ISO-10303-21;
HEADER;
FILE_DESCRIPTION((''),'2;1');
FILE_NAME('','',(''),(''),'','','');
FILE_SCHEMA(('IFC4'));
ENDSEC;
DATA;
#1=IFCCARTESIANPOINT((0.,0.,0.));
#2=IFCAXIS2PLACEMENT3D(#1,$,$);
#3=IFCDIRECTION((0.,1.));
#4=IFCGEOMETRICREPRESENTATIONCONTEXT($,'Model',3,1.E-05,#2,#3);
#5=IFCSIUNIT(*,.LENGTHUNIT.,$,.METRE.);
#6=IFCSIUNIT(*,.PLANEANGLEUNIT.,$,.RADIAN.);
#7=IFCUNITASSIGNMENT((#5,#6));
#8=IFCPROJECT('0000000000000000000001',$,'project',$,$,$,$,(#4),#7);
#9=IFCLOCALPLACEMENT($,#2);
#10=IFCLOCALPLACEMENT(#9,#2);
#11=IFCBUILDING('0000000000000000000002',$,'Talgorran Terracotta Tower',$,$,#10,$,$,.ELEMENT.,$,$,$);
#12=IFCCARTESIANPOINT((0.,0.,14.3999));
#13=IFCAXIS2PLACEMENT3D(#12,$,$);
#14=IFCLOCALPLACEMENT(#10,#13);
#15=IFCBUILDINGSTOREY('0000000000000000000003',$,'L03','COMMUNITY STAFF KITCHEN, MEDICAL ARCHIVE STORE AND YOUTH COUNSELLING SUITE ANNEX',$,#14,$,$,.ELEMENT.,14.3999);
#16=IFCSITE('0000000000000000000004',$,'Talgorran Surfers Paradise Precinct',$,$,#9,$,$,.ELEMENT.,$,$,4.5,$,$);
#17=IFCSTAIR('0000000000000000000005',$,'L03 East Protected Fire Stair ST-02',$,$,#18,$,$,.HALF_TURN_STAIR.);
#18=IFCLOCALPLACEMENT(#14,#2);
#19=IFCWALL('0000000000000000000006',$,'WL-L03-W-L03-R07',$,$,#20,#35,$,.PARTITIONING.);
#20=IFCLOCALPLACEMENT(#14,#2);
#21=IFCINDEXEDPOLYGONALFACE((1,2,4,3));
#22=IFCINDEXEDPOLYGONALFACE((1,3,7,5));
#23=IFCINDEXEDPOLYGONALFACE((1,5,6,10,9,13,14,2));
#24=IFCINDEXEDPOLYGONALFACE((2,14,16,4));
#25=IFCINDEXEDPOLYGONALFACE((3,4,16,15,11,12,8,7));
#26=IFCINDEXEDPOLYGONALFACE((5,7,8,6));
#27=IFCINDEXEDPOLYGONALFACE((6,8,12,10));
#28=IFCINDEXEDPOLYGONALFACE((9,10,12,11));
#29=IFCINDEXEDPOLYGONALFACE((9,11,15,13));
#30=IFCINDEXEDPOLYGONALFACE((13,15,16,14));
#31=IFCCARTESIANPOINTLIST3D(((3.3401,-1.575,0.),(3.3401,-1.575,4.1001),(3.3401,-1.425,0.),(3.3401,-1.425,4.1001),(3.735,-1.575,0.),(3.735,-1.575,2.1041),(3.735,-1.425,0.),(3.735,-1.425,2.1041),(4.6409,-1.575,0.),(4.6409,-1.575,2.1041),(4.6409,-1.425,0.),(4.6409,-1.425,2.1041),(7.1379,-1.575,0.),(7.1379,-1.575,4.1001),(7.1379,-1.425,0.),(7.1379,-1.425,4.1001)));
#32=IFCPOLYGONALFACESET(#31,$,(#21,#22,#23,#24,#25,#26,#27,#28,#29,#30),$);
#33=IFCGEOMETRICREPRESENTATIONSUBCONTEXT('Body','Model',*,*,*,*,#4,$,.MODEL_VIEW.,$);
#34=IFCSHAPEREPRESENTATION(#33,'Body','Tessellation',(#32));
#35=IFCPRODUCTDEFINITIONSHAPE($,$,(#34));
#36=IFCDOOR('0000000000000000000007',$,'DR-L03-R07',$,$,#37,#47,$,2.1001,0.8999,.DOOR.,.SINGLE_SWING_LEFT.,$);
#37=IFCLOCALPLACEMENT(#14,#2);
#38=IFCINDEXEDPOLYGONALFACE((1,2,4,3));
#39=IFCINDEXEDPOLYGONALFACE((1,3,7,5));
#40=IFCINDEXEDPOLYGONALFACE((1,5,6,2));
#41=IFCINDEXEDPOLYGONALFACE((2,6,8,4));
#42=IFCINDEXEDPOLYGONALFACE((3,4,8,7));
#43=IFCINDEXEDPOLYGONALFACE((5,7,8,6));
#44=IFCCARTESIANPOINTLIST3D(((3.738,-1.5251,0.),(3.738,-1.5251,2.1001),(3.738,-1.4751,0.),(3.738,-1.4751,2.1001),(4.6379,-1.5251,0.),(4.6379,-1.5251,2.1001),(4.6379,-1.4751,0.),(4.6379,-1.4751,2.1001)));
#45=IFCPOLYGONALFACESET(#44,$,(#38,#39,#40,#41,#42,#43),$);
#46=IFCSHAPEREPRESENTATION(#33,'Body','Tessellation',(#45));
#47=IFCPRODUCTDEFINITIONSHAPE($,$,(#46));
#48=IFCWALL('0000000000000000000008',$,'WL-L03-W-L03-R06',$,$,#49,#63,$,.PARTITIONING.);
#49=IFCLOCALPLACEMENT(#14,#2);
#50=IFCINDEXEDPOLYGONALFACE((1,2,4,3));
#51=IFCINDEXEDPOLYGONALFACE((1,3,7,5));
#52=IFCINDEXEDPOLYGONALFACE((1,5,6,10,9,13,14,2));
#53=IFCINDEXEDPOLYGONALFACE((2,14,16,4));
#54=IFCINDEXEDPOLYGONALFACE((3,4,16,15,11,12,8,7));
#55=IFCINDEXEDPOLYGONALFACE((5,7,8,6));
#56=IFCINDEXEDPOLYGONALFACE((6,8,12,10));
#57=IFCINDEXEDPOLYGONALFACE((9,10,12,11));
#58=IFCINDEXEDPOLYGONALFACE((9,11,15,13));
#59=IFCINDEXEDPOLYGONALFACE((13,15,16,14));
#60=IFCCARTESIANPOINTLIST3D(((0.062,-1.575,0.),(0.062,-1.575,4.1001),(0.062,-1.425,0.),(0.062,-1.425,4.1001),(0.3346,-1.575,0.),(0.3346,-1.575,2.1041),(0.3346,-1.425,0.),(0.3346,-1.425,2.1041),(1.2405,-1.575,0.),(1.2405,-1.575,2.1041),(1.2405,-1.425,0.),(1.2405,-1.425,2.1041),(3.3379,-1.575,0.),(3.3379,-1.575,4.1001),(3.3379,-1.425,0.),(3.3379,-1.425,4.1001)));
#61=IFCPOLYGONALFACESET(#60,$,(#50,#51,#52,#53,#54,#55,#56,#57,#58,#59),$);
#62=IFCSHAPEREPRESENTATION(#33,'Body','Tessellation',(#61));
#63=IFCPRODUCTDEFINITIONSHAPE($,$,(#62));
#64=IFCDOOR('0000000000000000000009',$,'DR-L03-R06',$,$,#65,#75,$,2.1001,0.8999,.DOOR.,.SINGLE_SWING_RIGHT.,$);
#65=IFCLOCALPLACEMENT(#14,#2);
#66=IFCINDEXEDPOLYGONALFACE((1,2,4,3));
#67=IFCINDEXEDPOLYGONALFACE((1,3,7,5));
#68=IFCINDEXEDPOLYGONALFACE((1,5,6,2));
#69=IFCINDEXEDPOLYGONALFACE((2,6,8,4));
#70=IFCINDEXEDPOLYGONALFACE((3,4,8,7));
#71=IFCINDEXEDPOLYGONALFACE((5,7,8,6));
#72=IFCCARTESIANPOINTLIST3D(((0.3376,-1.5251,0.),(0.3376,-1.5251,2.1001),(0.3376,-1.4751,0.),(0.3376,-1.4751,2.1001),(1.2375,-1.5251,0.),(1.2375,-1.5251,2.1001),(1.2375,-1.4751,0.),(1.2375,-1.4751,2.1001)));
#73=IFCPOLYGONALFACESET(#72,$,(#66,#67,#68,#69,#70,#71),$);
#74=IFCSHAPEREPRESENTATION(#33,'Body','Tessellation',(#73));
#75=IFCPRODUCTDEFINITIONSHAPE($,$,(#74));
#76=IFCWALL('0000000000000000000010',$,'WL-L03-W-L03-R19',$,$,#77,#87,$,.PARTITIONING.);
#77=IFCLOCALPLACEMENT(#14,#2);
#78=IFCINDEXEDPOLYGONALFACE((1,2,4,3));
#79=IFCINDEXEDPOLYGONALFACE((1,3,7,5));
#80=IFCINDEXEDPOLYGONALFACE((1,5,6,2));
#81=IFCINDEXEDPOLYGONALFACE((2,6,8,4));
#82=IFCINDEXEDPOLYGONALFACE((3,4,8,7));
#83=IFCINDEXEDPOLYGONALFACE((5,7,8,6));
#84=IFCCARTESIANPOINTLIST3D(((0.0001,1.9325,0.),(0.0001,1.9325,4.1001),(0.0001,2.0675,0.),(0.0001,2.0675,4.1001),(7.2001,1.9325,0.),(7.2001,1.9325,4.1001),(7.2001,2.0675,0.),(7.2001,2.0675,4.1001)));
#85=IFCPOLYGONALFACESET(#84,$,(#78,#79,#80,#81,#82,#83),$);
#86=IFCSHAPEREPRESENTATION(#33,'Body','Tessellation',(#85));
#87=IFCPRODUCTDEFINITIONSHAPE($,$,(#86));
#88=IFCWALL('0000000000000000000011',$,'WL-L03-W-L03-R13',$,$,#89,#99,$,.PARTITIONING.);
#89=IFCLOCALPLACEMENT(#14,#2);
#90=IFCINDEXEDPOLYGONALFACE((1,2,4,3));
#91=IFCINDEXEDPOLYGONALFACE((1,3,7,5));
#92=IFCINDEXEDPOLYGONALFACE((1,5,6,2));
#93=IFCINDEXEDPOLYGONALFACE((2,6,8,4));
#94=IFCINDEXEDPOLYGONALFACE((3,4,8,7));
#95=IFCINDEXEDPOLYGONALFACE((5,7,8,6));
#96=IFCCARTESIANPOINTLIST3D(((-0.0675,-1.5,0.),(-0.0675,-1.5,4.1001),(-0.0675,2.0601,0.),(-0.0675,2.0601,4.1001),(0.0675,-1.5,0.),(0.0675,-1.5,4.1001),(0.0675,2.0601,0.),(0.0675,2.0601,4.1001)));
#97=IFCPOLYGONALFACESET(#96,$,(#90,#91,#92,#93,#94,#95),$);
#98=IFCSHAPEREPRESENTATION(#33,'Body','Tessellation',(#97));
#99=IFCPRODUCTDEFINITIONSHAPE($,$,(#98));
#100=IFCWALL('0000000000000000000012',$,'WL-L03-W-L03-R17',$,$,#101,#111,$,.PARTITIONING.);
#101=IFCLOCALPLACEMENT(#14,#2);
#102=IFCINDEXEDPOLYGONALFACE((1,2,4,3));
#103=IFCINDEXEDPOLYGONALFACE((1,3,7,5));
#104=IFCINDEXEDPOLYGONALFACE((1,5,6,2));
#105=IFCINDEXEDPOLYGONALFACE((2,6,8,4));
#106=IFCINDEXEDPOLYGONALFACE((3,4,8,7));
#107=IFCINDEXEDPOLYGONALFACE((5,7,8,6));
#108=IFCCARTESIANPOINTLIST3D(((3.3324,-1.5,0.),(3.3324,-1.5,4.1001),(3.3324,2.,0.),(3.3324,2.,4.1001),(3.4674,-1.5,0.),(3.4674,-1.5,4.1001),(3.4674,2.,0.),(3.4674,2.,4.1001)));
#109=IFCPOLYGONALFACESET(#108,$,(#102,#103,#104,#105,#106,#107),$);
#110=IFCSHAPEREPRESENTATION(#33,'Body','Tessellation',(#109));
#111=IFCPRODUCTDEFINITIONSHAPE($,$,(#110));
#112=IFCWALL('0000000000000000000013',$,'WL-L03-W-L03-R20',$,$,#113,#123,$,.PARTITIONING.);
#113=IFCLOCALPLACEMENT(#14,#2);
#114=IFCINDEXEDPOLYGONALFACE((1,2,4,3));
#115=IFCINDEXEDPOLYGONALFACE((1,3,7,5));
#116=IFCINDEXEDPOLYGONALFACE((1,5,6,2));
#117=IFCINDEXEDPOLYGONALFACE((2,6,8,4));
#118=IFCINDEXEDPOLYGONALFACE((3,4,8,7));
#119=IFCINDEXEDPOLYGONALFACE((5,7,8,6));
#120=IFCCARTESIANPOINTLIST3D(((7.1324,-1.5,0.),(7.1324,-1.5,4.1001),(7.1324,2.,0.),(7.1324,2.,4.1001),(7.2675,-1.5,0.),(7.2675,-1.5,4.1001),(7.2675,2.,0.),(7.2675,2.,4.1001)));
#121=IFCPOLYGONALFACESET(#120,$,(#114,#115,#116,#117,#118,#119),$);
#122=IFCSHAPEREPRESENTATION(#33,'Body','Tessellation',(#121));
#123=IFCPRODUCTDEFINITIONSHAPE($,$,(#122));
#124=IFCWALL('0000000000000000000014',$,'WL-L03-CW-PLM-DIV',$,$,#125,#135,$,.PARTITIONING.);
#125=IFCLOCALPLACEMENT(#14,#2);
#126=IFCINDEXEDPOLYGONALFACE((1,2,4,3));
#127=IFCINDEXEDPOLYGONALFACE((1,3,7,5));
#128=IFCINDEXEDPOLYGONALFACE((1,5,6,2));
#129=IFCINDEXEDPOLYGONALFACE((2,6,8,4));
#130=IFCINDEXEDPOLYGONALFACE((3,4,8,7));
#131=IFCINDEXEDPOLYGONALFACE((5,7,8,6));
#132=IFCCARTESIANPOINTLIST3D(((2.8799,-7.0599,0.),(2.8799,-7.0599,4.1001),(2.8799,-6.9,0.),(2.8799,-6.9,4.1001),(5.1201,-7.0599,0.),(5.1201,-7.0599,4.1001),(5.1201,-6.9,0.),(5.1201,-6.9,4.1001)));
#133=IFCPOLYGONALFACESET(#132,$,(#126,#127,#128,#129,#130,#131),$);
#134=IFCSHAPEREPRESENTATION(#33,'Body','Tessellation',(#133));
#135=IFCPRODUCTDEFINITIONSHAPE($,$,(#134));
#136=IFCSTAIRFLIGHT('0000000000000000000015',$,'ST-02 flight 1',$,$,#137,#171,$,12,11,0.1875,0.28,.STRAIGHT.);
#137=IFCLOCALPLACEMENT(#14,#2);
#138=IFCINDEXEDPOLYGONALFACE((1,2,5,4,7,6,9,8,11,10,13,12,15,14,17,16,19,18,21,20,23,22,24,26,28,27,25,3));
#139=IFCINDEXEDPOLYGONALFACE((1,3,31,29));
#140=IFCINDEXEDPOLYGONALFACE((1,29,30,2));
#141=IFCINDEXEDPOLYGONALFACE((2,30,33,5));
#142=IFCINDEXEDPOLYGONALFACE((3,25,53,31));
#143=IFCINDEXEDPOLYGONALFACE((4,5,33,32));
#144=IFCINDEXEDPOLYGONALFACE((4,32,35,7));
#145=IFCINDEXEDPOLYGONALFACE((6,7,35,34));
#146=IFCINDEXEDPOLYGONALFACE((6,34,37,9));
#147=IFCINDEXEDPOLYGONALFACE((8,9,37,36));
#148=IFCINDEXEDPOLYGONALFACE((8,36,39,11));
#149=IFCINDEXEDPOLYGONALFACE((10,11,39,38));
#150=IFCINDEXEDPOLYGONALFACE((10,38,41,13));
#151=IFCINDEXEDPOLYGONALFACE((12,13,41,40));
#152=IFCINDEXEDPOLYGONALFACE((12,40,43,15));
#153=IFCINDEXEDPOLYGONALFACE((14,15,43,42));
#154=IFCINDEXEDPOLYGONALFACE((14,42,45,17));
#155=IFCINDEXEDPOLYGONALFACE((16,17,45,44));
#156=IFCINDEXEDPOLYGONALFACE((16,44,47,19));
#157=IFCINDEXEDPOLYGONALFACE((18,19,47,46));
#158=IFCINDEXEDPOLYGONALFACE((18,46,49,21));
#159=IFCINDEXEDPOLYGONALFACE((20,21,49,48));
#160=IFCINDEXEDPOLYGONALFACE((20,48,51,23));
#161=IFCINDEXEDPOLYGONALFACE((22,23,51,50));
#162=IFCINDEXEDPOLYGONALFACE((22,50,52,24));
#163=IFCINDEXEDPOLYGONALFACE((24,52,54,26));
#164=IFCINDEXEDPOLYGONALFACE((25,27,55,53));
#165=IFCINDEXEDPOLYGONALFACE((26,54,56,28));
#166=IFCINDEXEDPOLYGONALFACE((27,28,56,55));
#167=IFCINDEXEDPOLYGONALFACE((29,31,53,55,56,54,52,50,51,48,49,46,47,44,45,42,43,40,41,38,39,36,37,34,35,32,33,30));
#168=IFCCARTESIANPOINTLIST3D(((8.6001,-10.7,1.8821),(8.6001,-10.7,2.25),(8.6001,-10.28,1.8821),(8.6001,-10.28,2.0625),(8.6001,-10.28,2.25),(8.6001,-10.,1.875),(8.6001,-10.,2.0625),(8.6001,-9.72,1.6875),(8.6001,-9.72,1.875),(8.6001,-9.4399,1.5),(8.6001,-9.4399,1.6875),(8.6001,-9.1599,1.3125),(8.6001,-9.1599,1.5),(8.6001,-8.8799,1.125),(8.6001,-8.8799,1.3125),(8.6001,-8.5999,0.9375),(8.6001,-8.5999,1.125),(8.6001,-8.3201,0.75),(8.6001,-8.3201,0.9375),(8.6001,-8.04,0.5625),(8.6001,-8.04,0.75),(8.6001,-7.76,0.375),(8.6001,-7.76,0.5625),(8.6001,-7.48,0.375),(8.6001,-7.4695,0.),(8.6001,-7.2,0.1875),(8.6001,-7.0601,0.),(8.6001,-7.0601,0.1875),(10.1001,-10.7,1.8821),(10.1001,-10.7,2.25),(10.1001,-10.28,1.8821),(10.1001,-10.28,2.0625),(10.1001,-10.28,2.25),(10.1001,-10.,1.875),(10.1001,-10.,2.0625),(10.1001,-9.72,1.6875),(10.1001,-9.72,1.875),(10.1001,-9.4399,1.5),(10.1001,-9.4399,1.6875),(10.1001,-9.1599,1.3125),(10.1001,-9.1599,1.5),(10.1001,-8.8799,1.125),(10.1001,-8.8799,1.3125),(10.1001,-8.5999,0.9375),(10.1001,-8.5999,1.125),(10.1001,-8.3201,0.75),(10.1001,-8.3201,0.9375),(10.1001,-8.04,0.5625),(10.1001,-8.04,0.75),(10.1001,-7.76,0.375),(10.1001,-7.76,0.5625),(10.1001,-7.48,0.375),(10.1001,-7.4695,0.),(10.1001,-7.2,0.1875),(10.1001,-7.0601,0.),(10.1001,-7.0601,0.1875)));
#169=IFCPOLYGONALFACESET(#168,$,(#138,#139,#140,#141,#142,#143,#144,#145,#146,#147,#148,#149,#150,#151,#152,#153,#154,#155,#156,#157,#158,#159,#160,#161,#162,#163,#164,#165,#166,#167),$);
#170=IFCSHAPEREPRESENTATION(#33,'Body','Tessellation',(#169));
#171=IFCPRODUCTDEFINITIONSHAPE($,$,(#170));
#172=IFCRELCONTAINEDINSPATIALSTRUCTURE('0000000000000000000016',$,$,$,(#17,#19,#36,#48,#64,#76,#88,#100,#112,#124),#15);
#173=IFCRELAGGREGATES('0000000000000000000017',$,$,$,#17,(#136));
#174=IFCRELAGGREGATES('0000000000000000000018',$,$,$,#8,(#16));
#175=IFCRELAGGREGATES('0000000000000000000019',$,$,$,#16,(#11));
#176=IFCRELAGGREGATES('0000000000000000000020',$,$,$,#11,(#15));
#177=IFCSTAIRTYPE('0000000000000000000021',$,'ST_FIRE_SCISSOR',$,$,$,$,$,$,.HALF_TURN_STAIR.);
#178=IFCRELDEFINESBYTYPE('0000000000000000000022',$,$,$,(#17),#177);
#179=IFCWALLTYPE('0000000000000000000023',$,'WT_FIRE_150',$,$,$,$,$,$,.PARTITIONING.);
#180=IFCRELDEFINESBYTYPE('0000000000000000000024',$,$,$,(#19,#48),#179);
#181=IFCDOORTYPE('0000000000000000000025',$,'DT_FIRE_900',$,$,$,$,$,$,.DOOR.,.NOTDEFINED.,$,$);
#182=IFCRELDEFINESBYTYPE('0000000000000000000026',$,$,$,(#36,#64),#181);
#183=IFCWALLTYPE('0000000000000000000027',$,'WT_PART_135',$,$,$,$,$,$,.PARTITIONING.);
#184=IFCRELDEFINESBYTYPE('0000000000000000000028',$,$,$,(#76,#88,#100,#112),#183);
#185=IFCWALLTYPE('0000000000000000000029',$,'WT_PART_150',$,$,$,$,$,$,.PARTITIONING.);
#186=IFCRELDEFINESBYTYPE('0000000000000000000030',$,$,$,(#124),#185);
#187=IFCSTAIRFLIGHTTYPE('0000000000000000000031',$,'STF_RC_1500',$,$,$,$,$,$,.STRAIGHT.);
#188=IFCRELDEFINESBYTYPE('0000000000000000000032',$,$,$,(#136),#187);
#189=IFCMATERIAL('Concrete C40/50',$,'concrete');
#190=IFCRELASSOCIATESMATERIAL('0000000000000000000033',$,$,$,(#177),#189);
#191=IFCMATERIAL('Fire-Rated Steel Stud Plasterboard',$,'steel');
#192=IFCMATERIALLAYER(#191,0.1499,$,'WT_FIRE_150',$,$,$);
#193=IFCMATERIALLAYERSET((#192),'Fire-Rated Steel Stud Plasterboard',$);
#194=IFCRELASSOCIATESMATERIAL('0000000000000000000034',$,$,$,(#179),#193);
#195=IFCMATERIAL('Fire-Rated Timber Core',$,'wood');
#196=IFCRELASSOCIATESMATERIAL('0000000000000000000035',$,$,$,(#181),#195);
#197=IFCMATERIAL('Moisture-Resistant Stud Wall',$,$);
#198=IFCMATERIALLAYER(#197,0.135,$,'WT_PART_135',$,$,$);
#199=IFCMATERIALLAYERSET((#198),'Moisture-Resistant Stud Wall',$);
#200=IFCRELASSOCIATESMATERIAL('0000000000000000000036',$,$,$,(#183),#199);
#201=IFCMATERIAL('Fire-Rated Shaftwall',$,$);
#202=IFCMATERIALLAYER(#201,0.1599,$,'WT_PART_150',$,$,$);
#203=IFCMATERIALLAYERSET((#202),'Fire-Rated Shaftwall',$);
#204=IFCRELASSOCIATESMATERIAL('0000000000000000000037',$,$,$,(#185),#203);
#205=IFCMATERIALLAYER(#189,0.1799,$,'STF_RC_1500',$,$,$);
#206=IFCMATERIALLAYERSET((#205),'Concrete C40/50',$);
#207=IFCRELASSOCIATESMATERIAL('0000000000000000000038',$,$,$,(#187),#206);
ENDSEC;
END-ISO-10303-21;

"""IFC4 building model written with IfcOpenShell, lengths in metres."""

from ifc_helpers import new_model, si_unit, direction, frame, frame_2d, origin, place, context, subcontext, project, spatial, polyline, rectangle, outline, extrude, material, layer, layer_set, type_object, element, fill, aggregate, save


model = new_model("IFC4")

# Units and contexts
model_context = context("Model", 3, precision=1e-05, world=origin(), true_north=direction((0.0, 1.0)))
body_context = subcontext(model_context, "Body", "Model", "MODEL_VIEW")
ifc_project = project(units=[si_unit("LENGTHUNIT", "METRE"), si_unit("PLANEANGLEUNIT", "RADIAN")], contexts=[model_context])

# Site, building, storey
site_placement = place(None, origin())
site = spatial("IfcSite", under=ifc_project, at=site_placement, Name="Talgorran Surfers Paradise Precinct", CompositionType="ELEMENT", RefElevation=4.5)
building_placement = place(site_placement, origin())
building = spatial("IfcBuilding", under=site, at=building_placement, Name="Talgorran Terracotta Tower", CompositionType="ELEMENT")
storey_placement = place(building_placement, frame((0.0, 0.0, 14.3999)))
storey = spatial("IfcBuildingStorey", under=building, at=storey_placement, Name="L03", Description="COMMUNITY STAFF KITCHEN, MEDICAL ARCHIVE STORE AND YOUTH COUNSELLING SUITE ANNEX", CompositionType="ELEMENT", Elevation=14.3999)

# Stair
ifc_material_1 = material(Name="Concrete C40/50", Category="concrete")
stair_type_1 = type_object("IfcStairType", Name="ST_FIRE_SCISSOR", PredefinedType="HALF_TURN_STAIR", material=ifc_material_1)
stair_1_placement = place(storey_placement, origin())
stair_1 = element("IfcStair", 1, at=stair_1_placement, inside=storey, type_object=stair_type_1, Name="L03 East Protected Fire Stair ST-02", PredefinedType="HALF_TURN_STAIR")

# Walls, openings, doors
ifc_material_2 = material(Name="Fire-Rated Steel Stud Plasterboard", Category="steel")
ifc_layer_1 = layer(ifc_material_2, 0.1499, Name="WT_FIRE_150")
ifc_layer_set_1 = layer_set([ifc_layer_1], Name="Fire-Rated Steel Stud Plasterboard")
wall_type_1 = type_object("IfcWallType", Name="WT_FIRE_150", PredefinedType="PARTITIONING", material=ifc_layer_set_1)
ifc_material_3 = material(Name="Fire-Rated Timber Core", Category="wood")
door_type = type_object("IfcDoorType", Name="DT_FIRE_900", OperationType="NOTDEFINED", PredefinedType="DOOR", material=ifc_material_3)
wall_1_placement = place(storey_placement, frame((3.3401, -1.5, 0.0), z_axis=(0.0, 0.0, 1.0), x_axis=(1.0, 0.0, 0.0)))
wall_1 = element("IfcWall", 2, at=wall_1_placement, inside=storey, type_object=wall_type_1, Name="WL-L03-W-L03-R07", PredefinedType="PARTITIONING", context=body_context, shape_type="SweptSolid", body=[
    extrude(rectangle(XDim=3.7979, YDim=0.1499, at=frame_2d((1.8989, 0.0))), origin(), (0.0, 0.0, 1.0), 4.1001),
])
opening_1_placement = place(wall_1_placement, frame((0.3979, 0.0, 0.0)))
opening_1 = element("IfcOpeningElement", 3, at=opening_1_placement, cuts=wall_1, PredefinedType="OPENING", context=body_context, shape_type="SweptSolid", body=[
    extrude(rectangle(XDim=0.9059, YDim=2.1041, at=frame_2d((0.45, 1.052))), frame((0.0, 0.085, 0.0), z_axis=(0.0, -1.0, 0.0), x_axis=(1.0, 0.0, 0.0)), (0.0, 0.0, 1.0), 0.1699),
])
door_1_placement = place(opening_1_placement, origin())
door_1 = element("IfcDoor", 4, at=door_1_placement, inside=storey, type_object=door_type, Name="DR-L03-R07", OperationType="SINGLE_SWING_LEFT", OverallHeight=2.1001, OverallWidth=0.8999, PredefinedType="DOOR", context=body_context, shape_type="SweptSolid", body=[
    extrude(rectangle(XDim=0.8999, YDim=2.1001, at=frame_2d((0.45, 1.05))), frame((0.0, 0.0249, 0.0), z_axis=(0.0, -1.0, 0.0), x_axis=(1.0, 0.0, 0.0)), (0.0, 0.0, 1.0), 0.05),
])
fill(opening_1, door_1)
wall_2_placement = place(storey_placement, frame((0.062, -1.5, 0.0), z_axis=(0.0, 0.0, 1.0), x_axis=(1.0, 0.0, 0.0)))
wall_2 = element("IfcWall", 5, at=wall_2_placement, inside=storey, type_object=wall_type_1, Name="WL-L03-W-L03-R06", PredefinedType="PARTITIONING", context=body_context, shape_type="SweptSolid", body=[
    extrude(rectangle(XDim=3.2759, YDim=0.1499, at=frame_2d((1.6379, 0.0))), origin(), (0.0, 0.0, 1.0), 4.1001),
])
opening_2_placement = place(wall_2_placement, frame((0.2756, 0.0, 0.0)))
opening_2 = element("IfcOpeningElement", 6, at=opening_2_placement, cuts=wall_2, PredefinedType="OPENING", context=body_context, shape_type="SweptSolid", body=[
    extrude(rectangle(XDim=0.9059, YDim=2.1041, at=frame_2d((0.45, 1.052))), frame((0.0, 0.085, 0.0), z_axis=(0.0, -1.0, 0.0), x_axis=(1.0, 0.0, 0.0)), (0.0, 0.0, 1.0), 0.1699),
])
door_2_placement = place(opening_2_placement, origin())
door_2 = element("IfcDoor", 7, at=door_2_placement, inside=storey, type_object=door_type, Name="DR-L03-R06", OperationType="SINGLE_SWING_RIGHT", OverallHeight=2.1001, OverallWidth=0.8999, PredefinedType="DOOR", context=body_context, shape_type="SweptSolid", body=[
    extrude(rectangle(XDim=0.8999, YDim=2.1001, at=frame_2d((0.45, 1.05))), frame((0.0, 0.0249, 0.0), z_axis=(0.0, -1.0, 0.0), x_axis=(1.0, 0.0, 0.0)), (0.0, 0.0, 1.0), 0.05),
])
fill(opening_2, door_2)

# Walls
ifc_material_4 = material(Name="Moisture-Resistant Stud Wall")
ifc_layer_2 = layer(ifc_material_4, 0.135, Name="WT_PART_135")
ifc_layer_set_2 = layer_set([ifc_layer_2], Name="Moisture-Resistant Stud Wall")
wall_type_2 = type_object("IfcWallType", Name="WT_PART_135", PredefinedType="PARTITIONING", material=ifc_layer_set_2)
wall_3_placement = place(storey_placement, frame((0.0, 2.0, 0.0), z_axis=(0.0, 0.0, 1.0), x_axis=(1.0, 0.0, 0.0)))
element("IfcWall", 8, at=wall_3_placement, inside=storey, type_object=wall_type_2, Name="WL-L03-W-L03-R19", PredefinedType="PARTITIONING", context=body_context, shape_type="SweptSolid", body=[
    extrude(rectangle(XDim=7.2, YDim=0.135, at=frame_2d((3.6001, 0.0))), origin(), (0.0, 0.0, 1.0), 4.1001),
])
wall_4_placement = place(storey_placement, frame((0.0, -1.5, 0.0), z_axis=(0.0, 0.0, 1.0), x_axis=(0.0, 1.0, 0.0)))
element("IfcWall", 9, at=wall_4_placement, inside=storey, type_object=wall_type_2, Name="WL-L03-W-L03-R13", PredefinedType="PARTITIONING", context=body_context, shape_type="SweptSolid", body=[
    extrude(rectangle(XDim=3.5601, YDim=0.135, at=frame_2d((1.78, 0.0))), origin(), (0.0, 0.0, 1.0), 4.1001),
])
for number, where, z_axis, x_axis, name in (
    (10, (3.3999, -1.5, 0.0), (0.0, 0.0, 1.0), (0.0, 1.0, 0.0), "WL-L03-W-L03-R17"),
    (11, (7.2, -1.5, 0.0), (0.0, 0.0, 1.0), (0.0, 1.0, 0.0), "WL-L03-W-L03-R20"),
):
    element("IfcWall", number, at=place(storey_placement, frame(where, z_axis=z_axis, x_axis=x_axis)), inside=storey, type_object=wall_type_2, Name=name, PredefinedType="PARTITIONING", context=body_context, shape_type="SweptSolid", body=[
        extrude(rectangle(XDim=3.5, YDim=0.135, at=frame_2d((1.75, 0.0))), origin(), (0.0, 0.0, 1.0), 4.1001),
    ])
ifc_material_5 = material(Name="Fire-Rated Shaftwall")
ifc_layer_3 = layer(ifc_material_5, 0.1599, Name="WT_PART_150")
ifc_layer_set_3 = layer_set([ifc_layer_3], Name="Fire-Rated Shaftwall")
wall_type_3 = type_object("IfcWallType", Name="WT_PART_150", PredefinedType="PARTITIONING", material=ifc_layer_set_3)
wall_5_placement = place(storey_placement, frame((2.8799, -6.98, 0.0), z_axis=(0.0, 0.0, 1.0), x_axis=(1.0, 0.0, 0.0)))
element("IfcWall", 12, at=wall_5_placement, inside=storey, type_object=wall_type_3, Name="WL-L03-CW-PLM-DIV", PredefinedType="PARTITIONING", context=body_context, shape_type="SweptSolid", body=[
    extrude(rectangle(XDim=2.2402, YDim=0.1599, at=frame_2d((1.1201, 0.0))), origin(), (0.0, 0.0, 1.0), 4.1001),
])

# Stair flight
ifc_layer_4 = layer(ifc_material_1, 0.1799, Name="STF_RC_1500")
ifc_layer_set_4 = layer_set([ifc_layer_4], Name="Concrete C40/50")
stair_flight_type = type_object("IfcStairFlightType", Name="STF_RC_1500", PredefinedType="STRAIGHT", material=ifc_layer_set_4)
stair_flight_placement = place(storey_placement, frame((9.3501, -7.2, 0.0), z_axis=(0.0, 0.0, 1.0), x_axis=(0.0, -1.0, 0.0)))
stair_flight = element("IfcStairFlight", 13, at=stair_flight_placement, type_object=stair_flight_type, Name="ST-02 flight 1", NumberOfRisers=12, NumberOfTreads=11, PredefinedType="STRAIGHT", RiserHeight=0.1875, TreadLength=0.28, context=body_context, shape_type="SweptSolid", body=[
    extrude(outline(polyline([(-0.1399, 0.0), (-0.1399, 0.1875), (0.0, 0.1875), (0.28, 0.375), (0.5601, 0.375), (0.5601, 0.5625), (0.8401, 0.5625), (0.8401, 0.75), (1.1201, 0.75), (1.1201, 0.9375), (1.3999, 0.9375), (1.3999, 1.125), (1.6799, 1.125), (1.6799, 1.3125), (1.96, 1.3125), (1.96, 1.5), (2.24, 1.5), (2.24, 1.6875), (2.52, 1.6875), (2.52, 1.875), (2.8, 1.875), (2.8, 2.0625), (3.0801, 2.0625), (3.0801, 2.25), (3.5, 2.25), (3.5, 1.8821), (3.0801, 1.8821), (0.2695, 0.0), (-0.1399, 0.0)])), frame((0.0, 0.75, 0.0), z_axis=(0.0, -1.0, 0.0), x_axis=(1.0, 0.0, 0.0)), (0.0, 0.0, 1.0), 1.5),
])
aggregate(stair_1, [stair_flight])

save(model, "model.ifc")
